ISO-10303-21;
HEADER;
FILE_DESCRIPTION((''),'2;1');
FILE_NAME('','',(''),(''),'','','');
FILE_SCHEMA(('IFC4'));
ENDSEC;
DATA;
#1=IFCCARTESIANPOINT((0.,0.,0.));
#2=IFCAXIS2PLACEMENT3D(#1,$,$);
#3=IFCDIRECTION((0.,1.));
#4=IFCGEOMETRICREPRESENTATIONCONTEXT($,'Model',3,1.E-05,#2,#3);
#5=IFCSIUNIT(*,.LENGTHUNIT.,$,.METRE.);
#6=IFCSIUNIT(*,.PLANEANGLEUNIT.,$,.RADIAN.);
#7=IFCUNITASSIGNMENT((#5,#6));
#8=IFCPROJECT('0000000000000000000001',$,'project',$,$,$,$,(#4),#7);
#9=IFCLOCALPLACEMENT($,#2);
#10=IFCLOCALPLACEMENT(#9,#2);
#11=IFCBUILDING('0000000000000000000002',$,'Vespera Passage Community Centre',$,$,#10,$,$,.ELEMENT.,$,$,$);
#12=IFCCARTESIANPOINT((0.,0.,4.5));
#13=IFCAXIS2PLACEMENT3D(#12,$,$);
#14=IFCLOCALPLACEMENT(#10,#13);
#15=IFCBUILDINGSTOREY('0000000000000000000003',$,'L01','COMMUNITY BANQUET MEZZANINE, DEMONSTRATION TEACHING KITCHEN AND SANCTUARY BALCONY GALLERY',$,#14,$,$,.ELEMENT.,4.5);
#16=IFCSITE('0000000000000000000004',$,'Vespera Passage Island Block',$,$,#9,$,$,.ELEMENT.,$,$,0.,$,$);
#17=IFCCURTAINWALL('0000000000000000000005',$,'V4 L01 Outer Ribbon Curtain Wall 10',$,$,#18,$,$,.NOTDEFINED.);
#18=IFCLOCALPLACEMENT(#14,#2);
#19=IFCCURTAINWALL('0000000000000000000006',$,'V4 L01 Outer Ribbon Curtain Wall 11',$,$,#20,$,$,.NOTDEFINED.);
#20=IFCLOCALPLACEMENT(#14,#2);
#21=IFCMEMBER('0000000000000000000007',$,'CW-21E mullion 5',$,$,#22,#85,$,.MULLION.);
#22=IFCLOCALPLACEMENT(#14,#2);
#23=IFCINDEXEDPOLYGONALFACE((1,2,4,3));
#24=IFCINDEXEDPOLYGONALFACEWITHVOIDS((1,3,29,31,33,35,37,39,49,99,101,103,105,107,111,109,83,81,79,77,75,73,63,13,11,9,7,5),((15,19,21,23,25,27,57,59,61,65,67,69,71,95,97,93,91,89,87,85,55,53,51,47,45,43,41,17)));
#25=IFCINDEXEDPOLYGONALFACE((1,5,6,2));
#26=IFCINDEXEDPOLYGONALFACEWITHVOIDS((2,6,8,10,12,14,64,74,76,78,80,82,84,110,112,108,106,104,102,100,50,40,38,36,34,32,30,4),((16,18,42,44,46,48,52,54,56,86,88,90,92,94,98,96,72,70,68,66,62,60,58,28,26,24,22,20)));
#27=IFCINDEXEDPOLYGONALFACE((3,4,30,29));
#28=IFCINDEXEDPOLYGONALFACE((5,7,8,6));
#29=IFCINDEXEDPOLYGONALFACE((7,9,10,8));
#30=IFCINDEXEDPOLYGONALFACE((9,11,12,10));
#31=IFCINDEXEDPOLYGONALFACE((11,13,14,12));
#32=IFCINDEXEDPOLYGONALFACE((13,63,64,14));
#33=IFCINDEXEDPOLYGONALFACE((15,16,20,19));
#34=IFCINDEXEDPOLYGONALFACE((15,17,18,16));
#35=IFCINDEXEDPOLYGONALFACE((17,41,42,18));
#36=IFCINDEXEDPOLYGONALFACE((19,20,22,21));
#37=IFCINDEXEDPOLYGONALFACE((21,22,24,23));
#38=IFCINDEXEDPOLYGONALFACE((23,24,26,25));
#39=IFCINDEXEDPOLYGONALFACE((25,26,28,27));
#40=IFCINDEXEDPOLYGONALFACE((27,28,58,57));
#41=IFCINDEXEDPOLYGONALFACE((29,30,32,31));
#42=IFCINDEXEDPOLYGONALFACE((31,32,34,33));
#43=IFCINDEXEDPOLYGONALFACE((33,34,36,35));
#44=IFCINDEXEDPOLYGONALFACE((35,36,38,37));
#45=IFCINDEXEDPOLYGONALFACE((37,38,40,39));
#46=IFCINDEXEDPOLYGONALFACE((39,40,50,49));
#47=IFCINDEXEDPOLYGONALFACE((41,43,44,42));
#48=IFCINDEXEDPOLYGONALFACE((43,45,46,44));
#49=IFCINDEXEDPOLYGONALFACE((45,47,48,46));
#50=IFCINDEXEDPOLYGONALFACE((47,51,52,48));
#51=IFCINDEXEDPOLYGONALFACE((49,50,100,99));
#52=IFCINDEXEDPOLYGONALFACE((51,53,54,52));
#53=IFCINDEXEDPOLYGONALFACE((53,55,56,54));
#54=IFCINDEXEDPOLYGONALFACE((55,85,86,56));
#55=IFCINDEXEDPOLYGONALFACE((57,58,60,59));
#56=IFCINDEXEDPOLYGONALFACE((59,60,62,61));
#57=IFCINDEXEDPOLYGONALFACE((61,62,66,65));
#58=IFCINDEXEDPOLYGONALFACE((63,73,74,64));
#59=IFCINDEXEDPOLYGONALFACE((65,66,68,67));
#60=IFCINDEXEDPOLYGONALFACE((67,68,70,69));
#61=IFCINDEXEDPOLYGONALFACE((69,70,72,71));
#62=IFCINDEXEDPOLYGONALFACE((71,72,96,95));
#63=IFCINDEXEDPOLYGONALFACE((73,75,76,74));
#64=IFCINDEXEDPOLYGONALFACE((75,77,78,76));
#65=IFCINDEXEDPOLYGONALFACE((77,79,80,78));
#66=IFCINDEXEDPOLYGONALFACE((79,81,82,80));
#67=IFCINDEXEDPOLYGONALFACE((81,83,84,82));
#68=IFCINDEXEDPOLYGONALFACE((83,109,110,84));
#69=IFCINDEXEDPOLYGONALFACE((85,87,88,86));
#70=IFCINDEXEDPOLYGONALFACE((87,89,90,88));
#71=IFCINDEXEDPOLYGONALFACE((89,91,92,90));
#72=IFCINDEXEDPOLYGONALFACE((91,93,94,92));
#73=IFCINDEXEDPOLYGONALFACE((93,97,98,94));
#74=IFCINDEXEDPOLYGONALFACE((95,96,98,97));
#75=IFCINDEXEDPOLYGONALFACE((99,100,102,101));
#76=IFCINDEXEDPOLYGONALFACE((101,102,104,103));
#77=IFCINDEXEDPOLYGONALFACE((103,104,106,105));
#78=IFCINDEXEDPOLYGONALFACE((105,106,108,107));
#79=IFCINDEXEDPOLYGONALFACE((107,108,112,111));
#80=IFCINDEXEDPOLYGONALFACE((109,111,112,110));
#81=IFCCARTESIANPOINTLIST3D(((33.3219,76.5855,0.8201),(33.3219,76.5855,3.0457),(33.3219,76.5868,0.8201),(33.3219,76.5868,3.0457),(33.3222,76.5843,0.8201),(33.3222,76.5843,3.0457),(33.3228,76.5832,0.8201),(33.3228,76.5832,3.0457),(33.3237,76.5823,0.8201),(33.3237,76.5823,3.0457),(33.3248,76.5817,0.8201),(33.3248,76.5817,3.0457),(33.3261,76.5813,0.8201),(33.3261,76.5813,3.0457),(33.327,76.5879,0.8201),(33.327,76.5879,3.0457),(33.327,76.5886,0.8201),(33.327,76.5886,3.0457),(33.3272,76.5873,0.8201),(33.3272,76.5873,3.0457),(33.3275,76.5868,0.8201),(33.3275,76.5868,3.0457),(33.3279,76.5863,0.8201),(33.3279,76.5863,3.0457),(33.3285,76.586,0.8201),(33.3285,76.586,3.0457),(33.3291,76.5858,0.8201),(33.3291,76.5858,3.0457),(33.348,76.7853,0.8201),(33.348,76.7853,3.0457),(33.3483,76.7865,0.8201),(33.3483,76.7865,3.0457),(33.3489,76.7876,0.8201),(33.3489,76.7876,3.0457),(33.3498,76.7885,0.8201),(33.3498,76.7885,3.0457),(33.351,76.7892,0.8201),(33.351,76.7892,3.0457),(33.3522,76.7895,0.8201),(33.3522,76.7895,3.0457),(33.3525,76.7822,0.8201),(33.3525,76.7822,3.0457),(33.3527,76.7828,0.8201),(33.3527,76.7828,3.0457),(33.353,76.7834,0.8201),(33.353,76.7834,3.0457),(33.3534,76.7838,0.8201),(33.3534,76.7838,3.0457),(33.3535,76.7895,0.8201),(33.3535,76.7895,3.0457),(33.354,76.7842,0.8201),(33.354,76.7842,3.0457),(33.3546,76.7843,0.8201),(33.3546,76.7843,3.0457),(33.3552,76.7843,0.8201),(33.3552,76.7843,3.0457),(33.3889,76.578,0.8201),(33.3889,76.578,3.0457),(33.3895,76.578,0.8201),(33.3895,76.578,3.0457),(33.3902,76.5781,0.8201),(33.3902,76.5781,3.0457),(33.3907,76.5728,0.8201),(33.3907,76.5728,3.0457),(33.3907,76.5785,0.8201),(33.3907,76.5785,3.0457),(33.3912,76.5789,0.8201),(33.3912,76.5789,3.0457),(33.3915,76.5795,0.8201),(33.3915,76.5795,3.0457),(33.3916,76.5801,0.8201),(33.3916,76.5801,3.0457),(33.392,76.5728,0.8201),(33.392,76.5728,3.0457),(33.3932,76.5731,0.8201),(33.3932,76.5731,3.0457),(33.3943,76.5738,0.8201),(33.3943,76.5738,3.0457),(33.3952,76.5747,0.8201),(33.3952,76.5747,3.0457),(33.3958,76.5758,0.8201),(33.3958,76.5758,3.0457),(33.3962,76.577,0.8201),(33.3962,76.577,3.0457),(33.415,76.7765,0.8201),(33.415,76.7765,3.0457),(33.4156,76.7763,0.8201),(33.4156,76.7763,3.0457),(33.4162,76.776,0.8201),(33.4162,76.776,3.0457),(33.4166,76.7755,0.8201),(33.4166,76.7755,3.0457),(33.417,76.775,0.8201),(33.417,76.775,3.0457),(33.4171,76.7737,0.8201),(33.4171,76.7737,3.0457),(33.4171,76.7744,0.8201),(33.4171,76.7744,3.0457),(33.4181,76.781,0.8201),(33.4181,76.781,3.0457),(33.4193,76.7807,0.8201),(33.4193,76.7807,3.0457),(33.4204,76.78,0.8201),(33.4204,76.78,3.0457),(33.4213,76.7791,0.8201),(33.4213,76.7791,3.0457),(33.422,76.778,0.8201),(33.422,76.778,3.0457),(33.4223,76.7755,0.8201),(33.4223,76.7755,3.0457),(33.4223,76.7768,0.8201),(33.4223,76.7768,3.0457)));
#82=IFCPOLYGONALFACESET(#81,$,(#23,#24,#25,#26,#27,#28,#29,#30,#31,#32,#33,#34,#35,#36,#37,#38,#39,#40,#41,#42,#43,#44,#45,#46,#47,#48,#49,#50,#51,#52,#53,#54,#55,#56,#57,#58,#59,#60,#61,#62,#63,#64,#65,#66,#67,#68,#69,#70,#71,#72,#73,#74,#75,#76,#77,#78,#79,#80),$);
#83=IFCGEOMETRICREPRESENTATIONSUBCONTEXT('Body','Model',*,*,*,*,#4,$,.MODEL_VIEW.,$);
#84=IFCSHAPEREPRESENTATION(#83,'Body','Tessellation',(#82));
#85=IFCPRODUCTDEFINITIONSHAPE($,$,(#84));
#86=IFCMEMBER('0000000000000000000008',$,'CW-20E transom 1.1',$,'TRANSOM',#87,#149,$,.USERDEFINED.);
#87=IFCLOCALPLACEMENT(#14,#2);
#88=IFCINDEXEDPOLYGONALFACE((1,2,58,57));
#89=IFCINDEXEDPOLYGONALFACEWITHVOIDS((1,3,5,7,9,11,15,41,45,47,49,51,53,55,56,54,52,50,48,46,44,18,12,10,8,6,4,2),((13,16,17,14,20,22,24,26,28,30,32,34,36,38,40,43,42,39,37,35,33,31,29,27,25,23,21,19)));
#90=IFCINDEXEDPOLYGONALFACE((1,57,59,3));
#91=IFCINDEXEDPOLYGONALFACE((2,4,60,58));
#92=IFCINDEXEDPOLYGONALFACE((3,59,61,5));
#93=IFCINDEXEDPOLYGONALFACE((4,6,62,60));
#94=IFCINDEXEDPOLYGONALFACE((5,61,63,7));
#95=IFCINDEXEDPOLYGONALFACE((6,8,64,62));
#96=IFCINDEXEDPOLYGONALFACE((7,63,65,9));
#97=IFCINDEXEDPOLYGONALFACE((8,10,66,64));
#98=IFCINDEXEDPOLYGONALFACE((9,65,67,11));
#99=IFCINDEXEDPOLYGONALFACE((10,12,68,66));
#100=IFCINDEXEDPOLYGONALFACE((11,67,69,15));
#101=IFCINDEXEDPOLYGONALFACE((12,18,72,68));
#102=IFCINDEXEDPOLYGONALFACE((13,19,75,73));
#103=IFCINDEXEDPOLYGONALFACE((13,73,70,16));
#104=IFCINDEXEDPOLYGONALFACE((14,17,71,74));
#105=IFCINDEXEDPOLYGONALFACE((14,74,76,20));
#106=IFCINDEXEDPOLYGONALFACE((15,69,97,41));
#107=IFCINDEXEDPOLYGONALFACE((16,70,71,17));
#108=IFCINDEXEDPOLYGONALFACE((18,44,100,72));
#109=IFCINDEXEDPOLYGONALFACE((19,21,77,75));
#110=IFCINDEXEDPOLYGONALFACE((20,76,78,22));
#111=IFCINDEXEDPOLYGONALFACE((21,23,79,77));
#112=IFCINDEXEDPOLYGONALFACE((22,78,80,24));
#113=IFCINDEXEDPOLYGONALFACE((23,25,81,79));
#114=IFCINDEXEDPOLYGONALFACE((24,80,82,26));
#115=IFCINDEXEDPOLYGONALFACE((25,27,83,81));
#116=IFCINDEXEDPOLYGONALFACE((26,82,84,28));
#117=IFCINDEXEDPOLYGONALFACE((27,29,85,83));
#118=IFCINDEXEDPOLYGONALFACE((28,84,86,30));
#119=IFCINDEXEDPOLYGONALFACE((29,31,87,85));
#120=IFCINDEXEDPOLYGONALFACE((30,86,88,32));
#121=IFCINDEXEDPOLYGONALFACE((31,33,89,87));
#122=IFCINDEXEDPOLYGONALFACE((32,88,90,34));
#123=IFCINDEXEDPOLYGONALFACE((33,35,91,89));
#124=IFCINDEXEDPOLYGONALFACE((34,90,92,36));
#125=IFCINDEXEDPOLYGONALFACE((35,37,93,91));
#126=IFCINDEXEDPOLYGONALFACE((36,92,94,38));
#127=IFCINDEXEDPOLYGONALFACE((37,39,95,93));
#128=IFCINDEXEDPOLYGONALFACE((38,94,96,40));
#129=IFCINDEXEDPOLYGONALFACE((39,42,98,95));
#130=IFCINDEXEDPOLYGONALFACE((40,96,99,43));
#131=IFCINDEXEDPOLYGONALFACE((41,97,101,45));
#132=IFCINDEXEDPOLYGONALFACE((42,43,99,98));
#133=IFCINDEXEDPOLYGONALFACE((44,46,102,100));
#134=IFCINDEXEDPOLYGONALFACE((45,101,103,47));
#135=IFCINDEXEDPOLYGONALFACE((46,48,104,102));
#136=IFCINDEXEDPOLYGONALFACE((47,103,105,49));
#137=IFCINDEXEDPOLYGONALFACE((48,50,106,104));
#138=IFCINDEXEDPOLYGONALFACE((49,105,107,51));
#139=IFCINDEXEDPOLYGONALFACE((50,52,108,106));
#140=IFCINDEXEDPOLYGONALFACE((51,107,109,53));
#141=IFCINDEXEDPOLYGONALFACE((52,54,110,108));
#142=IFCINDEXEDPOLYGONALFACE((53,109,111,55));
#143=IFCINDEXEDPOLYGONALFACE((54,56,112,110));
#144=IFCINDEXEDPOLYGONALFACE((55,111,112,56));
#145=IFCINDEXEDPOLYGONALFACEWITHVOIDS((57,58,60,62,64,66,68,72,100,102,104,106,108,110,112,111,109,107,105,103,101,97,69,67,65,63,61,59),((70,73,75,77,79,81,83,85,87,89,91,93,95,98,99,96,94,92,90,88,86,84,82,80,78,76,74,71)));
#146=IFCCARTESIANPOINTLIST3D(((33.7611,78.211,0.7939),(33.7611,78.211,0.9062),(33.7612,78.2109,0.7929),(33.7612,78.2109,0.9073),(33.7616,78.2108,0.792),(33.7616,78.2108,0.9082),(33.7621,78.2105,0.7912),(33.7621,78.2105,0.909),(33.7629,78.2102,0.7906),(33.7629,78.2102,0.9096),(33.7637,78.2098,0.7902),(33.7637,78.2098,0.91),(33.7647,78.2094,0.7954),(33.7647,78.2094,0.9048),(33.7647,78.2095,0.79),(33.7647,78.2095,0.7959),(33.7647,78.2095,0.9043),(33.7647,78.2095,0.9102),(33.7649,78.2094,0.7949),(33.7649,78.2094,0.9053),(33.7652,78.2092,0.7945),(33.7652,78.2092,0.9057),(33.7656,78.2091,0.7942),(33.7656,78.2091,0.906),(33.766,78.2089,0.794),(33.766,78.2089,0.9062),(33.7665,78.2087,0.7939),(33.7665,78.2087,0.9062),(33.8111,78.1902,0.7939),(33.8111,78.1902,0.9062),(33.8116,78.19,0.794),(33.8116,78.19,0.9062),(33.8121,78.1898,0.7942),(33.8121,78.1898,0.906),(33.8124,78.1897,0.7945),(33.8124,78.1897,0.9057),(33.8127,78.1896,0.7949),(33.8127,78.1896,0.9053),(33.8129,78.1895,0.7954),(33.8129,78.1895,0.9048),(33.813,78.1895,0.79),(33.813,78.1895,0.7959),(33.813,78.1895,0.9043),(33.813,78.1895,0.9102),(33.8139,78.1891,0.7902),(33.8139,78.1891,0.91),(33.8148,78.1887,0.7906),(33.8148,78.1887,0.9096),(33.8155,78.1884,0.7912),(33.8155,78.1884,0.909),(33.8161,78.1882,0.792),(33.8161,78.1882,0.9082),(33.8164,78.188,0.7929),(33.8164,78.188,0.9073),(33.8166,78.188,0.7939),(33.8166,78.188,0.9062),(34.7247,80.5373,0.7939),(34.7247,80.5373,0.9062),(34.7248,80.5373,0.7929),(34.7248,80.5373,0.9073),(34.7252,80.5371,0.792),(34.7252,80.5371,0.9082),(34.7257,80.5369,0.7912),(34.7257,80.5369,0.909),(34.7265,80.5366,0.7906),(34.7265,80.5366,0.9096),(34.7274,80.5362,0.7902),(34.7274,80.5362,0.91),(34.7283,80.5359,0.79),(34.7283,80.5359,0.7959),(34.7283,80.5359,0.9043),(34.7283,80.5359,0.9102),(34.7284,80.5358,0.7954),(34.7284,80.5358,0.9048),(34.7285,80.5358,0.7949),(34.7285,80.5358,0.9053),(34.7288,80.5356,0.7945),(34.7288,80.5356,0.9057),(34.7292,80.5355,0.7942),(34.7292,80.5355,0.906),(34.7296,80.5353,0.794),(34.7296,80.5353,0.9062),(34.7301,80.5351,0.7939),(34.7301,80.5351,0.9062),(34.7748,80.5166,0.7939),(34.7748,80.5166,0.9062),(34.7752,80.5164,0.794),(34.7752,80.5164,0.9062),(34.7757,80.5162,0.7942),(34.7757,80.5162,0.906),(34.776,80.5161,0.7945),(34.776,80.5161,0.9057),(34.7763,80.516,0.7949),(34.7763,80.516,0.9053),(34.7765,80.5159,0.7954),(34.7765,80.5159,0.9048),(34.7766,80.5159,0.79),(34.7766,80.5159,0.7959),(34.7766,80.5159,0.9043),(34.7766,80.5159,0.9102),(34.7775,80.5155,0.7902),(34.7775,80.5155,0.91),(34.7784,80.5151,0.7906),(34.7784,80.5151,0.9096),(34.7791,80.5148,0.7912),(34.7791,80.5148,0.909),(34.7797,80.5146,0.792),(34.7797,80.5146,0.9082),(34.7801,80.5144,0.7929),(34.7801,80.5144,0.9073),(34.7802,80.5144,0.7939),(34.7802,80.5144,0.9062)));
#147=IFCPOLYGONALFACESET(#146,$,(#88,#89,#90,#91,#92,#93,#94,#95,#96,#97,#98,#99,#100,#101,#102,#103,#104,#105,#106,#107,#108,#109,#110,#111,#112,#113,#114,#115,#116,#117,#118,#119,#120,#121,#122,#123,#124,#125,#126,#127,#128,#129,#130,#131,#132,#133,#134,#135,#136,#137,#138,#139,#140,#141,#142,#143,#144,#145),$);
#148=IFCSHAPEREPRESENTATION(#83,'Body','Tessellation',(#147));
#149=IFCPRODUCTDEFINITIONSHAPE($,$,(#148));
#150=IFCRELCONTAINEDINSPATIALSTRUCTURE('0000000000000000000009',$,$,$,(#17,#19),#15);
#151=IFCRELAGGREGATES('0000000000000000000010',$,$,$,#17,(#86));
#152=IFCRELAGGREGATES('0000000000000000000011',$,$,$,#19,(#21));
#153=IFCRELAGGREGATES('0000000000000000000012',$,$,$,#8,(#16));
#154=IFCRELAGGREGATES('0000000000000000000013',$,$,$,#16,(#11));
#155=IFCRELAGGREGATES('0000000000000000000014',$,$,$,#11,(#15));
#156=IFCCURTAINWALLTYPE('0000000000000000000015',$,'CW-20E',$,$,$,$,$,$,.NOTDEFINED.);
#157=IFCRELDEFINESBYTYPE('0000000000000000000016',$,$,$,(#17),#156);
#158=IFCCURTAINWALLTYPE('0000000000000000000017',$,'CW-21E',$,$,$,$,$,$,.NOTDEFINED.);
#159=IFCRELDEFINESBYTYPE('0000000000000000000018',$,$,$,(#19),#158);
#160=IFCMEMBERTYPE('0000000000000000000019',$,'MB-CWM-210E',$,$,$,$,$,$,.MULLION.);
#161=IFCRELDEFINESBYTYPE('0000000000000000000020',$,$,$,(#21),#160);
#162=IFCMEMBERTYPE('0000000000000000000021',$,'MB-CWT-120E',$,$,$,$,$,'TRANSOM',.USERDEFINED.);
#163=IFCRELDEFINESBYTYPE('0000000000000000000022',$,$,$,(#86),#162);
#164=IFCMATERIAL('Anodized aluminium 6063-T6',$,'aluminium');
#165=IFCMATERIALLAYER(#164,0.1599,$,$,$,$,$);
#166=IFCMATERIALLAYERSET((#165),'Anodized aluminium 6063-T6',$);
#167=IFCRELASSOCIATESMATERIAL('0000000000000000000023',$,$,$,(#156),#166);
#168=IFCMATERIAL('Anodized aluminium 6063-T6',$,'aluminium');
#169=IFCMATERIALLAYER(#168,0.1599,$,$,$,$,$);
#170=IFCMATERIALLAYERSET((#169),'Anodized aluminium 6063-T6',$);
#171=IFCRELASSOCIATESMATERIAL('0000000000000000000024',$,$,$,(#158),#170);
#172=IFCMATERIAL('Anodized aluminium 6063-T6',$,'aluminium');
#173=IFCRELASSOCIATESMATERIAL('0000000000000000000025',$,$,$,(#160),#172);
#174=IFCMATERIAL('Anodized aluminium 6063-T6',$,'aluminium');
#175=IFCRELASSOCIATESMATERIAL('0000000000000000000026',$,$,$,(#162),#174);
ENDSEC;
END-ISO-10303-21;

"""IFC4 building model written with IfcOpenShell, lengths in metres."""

from ifc_helpers import new_model, si_unit, direction, frame, origin, origin_2d, place, context, subcontext, project, spatial, hollow_rectangle, extrude, material, layer, layer_set, material_profile, profile_set, type_object, element, aggregate, save


model = new_model("IFC4")

# Units and contexts
model_context = context("Model", 3, precision=1e-05, world=origin(), true_north=direction((0.0, 1.0)))
body_context = subcontext(model_context, "Body", "Model", "MODEL_VIEW")
ifc_project = project(units=[si_unit("LENGTHUNIT", "METRE"), si_unit("PLANEANGLEUNIT", "RADIAN")], contexts=[model_context])

# Site, building, storey
site_placement = place(None, origin())
site = spatial("IfcSite", under=ifc_project, at=site_placement, Name="Vespera Passage Island Block", CompositionType="ELEMENT", RefElevation=0.0)
building_placement = place(site_placement, origin())
building = spatial("IfcBuilding", under=site, at=building_placement, Name="Vespera Passage Community Centre", CompositionType="ELEMENT")
storey_placement = place(building_placement, frame((0.0, 0.0, 4.5)))
storey = spatial("IfcBuildingStorey", under=building, at=storey_placement, Name="L01", Description="COMMUNITY BANQUET MEZZANINE, DEMONSTRATION TEACHING KITCHEN AND SANCTUARY BALCONY GALLERY", CompositionType="ELEMENT", Elevation=4.5)

# Curtain wall
ifc_material_1 = material(Name="Anodized aluminium 6063-T6", Category="aluminium")
ifc_layer_1 = layer(ifc_material_1, 0.1599)
ifc_layer_set_1 = layer_set([ifc_layer_1], Name="Anodized aluminium 6063-T6")
curtain_wall_type_1 = type_object("IfcCurtainWallType", Name="CW-20E", PredefinedType="NOTDEFINED", material=ifc_layer_set_1)
curtain_wall_1_placement = place(storey_placement, origin())
curtain_wall_1 = element("IfcCurtainWall", 1, at=curtain_wall_1_placement, inside=storey, type_object=curtain_wall_type_1, Name="V4 L01 Outer Ribbon Curtain Wall 10", PredefinedType="NOTDEFINED")

# Curtain wall, member
ifc_material_2 = material(Name="Anodized aluminium 6063-T6", Category="aluminium")
ifc_layer_2 = layer(ifc_material_2, 0.1599)
ifc_layer_set_2 = layer_set([ifc_layer_2], Name="Anodized aluminium 6063-T6")
curtain_wall_type_2 = type_object("IfcCurtainWallType", Name="CW-21E", PredefinedType="NOTDEFINED", material=ifc_layer_set_2)
curtain_wall_2_placement = place(storey_placement, origin())
curtain_wall_2 = element("IfcCurtainWall", 2, at=curtain_wall_2_placement, inside=storey, type_object=curtain_wall_type_2, Name="V4 L01 Outer Ribbon Curtain Wall 11", PredefinedType="NOTDEFINED")
ifc_material_3 = material(Name="Anodized aluminium 6063-T6", Category="aluminium")
ifc_material_profile_1 = material_profile(ifc_material_3, hollow_rectangle(XDim=0.075, YDim=0.21, WallThickness=0.0049, InnerFilletRadius=0.0024, OuterFilletRadius=0.0049, at=origin_2d()), Name="ALU210X75X5")
ifc_profile_set_1 = profile_set([ifc_material_profile_1], Name="Anodized aluminium 6063-T6")
member_type_1 = type_object("IfcMemberType", Name="MB-CWM-210E", PredefinedType="MULLION", material=ifc_profile_set_1)
member_1_placement = place(storey_placement, frame((33.3721, 76.6812, 0.8201), z_axis=(0.0, 0.0, 1.0), x_axis=(-0.991445, 0.130523, 0.0)))
member_1 = element("IfcMember", 3, at=member_1_placement, type_object=member_type_1, Name="CW-21E mullion 5", PredefinedType="MULLION", context=body_context, shape_type="SweptSolid", body=[
    extrude(hollow_rectangle(XDim=0.075, YDim=0.21, WallThickness=0.0049, InnerFilletRadius=0.0024, OuterFilletRadius=0.0049, at=origin_2d()), origin(), (0.0, 0.0, 1.0), 2.2256),
])

# Member
ifc_material_4 = material(Name="Anodized aluminium 6063-T6", Category="aluminium")
ifc_material_profile_2 = material_profile(ifc_material_4, hollow_rectangle(XDim=0.0601, YDim=0.1201, WallThickness=0.0039, InnerFilletRadius=0.002, OuterFilletRadius=0.0039, at=origin_2d()), Name="ALU120X60X4")
ifc_profile_set_2 = profile_set([ifc_material_profile_2], Name="Anodized aluminium 6063-T6")
member_type_2 = type_object("IfcMemberType", Name="MB-CWT-120E", ElementType="TRANSOM", PredefinedType="USERDEFINED", material=ifc_profile_set_2)
member_2_placement = place(storey_placement, frame((33.7888, 78.1995, 0.8501), z_axis=(0.38268, 0.923881, 0.0), x_axis=(-0.923881, 0.38268, 0.0)))
member_2 = element("IfcMember", 4, at=member_2_placement, type_object=member_type_2, Name="CW-20E transom 1.1", ObjectType="TRANSOM", PredefinedType="USERDEFINED", context=body_context, shape_type="SweptSolid", body=[
    extrude(hollow_rectangle(XDim=0.0601, YDim=0.1201, WallThickness=0.0039, InnerFilletRadius=0.002, OuterFilletRadius=0.0039, at=origin_2d()), origin(), (0.0, 0.0, 1.0), 2.5181),
])

aggregate(curtain_wall_1, [member_2])
aggregate(curtain_wall_2, [member_1])

save(model, "model.ifc")
